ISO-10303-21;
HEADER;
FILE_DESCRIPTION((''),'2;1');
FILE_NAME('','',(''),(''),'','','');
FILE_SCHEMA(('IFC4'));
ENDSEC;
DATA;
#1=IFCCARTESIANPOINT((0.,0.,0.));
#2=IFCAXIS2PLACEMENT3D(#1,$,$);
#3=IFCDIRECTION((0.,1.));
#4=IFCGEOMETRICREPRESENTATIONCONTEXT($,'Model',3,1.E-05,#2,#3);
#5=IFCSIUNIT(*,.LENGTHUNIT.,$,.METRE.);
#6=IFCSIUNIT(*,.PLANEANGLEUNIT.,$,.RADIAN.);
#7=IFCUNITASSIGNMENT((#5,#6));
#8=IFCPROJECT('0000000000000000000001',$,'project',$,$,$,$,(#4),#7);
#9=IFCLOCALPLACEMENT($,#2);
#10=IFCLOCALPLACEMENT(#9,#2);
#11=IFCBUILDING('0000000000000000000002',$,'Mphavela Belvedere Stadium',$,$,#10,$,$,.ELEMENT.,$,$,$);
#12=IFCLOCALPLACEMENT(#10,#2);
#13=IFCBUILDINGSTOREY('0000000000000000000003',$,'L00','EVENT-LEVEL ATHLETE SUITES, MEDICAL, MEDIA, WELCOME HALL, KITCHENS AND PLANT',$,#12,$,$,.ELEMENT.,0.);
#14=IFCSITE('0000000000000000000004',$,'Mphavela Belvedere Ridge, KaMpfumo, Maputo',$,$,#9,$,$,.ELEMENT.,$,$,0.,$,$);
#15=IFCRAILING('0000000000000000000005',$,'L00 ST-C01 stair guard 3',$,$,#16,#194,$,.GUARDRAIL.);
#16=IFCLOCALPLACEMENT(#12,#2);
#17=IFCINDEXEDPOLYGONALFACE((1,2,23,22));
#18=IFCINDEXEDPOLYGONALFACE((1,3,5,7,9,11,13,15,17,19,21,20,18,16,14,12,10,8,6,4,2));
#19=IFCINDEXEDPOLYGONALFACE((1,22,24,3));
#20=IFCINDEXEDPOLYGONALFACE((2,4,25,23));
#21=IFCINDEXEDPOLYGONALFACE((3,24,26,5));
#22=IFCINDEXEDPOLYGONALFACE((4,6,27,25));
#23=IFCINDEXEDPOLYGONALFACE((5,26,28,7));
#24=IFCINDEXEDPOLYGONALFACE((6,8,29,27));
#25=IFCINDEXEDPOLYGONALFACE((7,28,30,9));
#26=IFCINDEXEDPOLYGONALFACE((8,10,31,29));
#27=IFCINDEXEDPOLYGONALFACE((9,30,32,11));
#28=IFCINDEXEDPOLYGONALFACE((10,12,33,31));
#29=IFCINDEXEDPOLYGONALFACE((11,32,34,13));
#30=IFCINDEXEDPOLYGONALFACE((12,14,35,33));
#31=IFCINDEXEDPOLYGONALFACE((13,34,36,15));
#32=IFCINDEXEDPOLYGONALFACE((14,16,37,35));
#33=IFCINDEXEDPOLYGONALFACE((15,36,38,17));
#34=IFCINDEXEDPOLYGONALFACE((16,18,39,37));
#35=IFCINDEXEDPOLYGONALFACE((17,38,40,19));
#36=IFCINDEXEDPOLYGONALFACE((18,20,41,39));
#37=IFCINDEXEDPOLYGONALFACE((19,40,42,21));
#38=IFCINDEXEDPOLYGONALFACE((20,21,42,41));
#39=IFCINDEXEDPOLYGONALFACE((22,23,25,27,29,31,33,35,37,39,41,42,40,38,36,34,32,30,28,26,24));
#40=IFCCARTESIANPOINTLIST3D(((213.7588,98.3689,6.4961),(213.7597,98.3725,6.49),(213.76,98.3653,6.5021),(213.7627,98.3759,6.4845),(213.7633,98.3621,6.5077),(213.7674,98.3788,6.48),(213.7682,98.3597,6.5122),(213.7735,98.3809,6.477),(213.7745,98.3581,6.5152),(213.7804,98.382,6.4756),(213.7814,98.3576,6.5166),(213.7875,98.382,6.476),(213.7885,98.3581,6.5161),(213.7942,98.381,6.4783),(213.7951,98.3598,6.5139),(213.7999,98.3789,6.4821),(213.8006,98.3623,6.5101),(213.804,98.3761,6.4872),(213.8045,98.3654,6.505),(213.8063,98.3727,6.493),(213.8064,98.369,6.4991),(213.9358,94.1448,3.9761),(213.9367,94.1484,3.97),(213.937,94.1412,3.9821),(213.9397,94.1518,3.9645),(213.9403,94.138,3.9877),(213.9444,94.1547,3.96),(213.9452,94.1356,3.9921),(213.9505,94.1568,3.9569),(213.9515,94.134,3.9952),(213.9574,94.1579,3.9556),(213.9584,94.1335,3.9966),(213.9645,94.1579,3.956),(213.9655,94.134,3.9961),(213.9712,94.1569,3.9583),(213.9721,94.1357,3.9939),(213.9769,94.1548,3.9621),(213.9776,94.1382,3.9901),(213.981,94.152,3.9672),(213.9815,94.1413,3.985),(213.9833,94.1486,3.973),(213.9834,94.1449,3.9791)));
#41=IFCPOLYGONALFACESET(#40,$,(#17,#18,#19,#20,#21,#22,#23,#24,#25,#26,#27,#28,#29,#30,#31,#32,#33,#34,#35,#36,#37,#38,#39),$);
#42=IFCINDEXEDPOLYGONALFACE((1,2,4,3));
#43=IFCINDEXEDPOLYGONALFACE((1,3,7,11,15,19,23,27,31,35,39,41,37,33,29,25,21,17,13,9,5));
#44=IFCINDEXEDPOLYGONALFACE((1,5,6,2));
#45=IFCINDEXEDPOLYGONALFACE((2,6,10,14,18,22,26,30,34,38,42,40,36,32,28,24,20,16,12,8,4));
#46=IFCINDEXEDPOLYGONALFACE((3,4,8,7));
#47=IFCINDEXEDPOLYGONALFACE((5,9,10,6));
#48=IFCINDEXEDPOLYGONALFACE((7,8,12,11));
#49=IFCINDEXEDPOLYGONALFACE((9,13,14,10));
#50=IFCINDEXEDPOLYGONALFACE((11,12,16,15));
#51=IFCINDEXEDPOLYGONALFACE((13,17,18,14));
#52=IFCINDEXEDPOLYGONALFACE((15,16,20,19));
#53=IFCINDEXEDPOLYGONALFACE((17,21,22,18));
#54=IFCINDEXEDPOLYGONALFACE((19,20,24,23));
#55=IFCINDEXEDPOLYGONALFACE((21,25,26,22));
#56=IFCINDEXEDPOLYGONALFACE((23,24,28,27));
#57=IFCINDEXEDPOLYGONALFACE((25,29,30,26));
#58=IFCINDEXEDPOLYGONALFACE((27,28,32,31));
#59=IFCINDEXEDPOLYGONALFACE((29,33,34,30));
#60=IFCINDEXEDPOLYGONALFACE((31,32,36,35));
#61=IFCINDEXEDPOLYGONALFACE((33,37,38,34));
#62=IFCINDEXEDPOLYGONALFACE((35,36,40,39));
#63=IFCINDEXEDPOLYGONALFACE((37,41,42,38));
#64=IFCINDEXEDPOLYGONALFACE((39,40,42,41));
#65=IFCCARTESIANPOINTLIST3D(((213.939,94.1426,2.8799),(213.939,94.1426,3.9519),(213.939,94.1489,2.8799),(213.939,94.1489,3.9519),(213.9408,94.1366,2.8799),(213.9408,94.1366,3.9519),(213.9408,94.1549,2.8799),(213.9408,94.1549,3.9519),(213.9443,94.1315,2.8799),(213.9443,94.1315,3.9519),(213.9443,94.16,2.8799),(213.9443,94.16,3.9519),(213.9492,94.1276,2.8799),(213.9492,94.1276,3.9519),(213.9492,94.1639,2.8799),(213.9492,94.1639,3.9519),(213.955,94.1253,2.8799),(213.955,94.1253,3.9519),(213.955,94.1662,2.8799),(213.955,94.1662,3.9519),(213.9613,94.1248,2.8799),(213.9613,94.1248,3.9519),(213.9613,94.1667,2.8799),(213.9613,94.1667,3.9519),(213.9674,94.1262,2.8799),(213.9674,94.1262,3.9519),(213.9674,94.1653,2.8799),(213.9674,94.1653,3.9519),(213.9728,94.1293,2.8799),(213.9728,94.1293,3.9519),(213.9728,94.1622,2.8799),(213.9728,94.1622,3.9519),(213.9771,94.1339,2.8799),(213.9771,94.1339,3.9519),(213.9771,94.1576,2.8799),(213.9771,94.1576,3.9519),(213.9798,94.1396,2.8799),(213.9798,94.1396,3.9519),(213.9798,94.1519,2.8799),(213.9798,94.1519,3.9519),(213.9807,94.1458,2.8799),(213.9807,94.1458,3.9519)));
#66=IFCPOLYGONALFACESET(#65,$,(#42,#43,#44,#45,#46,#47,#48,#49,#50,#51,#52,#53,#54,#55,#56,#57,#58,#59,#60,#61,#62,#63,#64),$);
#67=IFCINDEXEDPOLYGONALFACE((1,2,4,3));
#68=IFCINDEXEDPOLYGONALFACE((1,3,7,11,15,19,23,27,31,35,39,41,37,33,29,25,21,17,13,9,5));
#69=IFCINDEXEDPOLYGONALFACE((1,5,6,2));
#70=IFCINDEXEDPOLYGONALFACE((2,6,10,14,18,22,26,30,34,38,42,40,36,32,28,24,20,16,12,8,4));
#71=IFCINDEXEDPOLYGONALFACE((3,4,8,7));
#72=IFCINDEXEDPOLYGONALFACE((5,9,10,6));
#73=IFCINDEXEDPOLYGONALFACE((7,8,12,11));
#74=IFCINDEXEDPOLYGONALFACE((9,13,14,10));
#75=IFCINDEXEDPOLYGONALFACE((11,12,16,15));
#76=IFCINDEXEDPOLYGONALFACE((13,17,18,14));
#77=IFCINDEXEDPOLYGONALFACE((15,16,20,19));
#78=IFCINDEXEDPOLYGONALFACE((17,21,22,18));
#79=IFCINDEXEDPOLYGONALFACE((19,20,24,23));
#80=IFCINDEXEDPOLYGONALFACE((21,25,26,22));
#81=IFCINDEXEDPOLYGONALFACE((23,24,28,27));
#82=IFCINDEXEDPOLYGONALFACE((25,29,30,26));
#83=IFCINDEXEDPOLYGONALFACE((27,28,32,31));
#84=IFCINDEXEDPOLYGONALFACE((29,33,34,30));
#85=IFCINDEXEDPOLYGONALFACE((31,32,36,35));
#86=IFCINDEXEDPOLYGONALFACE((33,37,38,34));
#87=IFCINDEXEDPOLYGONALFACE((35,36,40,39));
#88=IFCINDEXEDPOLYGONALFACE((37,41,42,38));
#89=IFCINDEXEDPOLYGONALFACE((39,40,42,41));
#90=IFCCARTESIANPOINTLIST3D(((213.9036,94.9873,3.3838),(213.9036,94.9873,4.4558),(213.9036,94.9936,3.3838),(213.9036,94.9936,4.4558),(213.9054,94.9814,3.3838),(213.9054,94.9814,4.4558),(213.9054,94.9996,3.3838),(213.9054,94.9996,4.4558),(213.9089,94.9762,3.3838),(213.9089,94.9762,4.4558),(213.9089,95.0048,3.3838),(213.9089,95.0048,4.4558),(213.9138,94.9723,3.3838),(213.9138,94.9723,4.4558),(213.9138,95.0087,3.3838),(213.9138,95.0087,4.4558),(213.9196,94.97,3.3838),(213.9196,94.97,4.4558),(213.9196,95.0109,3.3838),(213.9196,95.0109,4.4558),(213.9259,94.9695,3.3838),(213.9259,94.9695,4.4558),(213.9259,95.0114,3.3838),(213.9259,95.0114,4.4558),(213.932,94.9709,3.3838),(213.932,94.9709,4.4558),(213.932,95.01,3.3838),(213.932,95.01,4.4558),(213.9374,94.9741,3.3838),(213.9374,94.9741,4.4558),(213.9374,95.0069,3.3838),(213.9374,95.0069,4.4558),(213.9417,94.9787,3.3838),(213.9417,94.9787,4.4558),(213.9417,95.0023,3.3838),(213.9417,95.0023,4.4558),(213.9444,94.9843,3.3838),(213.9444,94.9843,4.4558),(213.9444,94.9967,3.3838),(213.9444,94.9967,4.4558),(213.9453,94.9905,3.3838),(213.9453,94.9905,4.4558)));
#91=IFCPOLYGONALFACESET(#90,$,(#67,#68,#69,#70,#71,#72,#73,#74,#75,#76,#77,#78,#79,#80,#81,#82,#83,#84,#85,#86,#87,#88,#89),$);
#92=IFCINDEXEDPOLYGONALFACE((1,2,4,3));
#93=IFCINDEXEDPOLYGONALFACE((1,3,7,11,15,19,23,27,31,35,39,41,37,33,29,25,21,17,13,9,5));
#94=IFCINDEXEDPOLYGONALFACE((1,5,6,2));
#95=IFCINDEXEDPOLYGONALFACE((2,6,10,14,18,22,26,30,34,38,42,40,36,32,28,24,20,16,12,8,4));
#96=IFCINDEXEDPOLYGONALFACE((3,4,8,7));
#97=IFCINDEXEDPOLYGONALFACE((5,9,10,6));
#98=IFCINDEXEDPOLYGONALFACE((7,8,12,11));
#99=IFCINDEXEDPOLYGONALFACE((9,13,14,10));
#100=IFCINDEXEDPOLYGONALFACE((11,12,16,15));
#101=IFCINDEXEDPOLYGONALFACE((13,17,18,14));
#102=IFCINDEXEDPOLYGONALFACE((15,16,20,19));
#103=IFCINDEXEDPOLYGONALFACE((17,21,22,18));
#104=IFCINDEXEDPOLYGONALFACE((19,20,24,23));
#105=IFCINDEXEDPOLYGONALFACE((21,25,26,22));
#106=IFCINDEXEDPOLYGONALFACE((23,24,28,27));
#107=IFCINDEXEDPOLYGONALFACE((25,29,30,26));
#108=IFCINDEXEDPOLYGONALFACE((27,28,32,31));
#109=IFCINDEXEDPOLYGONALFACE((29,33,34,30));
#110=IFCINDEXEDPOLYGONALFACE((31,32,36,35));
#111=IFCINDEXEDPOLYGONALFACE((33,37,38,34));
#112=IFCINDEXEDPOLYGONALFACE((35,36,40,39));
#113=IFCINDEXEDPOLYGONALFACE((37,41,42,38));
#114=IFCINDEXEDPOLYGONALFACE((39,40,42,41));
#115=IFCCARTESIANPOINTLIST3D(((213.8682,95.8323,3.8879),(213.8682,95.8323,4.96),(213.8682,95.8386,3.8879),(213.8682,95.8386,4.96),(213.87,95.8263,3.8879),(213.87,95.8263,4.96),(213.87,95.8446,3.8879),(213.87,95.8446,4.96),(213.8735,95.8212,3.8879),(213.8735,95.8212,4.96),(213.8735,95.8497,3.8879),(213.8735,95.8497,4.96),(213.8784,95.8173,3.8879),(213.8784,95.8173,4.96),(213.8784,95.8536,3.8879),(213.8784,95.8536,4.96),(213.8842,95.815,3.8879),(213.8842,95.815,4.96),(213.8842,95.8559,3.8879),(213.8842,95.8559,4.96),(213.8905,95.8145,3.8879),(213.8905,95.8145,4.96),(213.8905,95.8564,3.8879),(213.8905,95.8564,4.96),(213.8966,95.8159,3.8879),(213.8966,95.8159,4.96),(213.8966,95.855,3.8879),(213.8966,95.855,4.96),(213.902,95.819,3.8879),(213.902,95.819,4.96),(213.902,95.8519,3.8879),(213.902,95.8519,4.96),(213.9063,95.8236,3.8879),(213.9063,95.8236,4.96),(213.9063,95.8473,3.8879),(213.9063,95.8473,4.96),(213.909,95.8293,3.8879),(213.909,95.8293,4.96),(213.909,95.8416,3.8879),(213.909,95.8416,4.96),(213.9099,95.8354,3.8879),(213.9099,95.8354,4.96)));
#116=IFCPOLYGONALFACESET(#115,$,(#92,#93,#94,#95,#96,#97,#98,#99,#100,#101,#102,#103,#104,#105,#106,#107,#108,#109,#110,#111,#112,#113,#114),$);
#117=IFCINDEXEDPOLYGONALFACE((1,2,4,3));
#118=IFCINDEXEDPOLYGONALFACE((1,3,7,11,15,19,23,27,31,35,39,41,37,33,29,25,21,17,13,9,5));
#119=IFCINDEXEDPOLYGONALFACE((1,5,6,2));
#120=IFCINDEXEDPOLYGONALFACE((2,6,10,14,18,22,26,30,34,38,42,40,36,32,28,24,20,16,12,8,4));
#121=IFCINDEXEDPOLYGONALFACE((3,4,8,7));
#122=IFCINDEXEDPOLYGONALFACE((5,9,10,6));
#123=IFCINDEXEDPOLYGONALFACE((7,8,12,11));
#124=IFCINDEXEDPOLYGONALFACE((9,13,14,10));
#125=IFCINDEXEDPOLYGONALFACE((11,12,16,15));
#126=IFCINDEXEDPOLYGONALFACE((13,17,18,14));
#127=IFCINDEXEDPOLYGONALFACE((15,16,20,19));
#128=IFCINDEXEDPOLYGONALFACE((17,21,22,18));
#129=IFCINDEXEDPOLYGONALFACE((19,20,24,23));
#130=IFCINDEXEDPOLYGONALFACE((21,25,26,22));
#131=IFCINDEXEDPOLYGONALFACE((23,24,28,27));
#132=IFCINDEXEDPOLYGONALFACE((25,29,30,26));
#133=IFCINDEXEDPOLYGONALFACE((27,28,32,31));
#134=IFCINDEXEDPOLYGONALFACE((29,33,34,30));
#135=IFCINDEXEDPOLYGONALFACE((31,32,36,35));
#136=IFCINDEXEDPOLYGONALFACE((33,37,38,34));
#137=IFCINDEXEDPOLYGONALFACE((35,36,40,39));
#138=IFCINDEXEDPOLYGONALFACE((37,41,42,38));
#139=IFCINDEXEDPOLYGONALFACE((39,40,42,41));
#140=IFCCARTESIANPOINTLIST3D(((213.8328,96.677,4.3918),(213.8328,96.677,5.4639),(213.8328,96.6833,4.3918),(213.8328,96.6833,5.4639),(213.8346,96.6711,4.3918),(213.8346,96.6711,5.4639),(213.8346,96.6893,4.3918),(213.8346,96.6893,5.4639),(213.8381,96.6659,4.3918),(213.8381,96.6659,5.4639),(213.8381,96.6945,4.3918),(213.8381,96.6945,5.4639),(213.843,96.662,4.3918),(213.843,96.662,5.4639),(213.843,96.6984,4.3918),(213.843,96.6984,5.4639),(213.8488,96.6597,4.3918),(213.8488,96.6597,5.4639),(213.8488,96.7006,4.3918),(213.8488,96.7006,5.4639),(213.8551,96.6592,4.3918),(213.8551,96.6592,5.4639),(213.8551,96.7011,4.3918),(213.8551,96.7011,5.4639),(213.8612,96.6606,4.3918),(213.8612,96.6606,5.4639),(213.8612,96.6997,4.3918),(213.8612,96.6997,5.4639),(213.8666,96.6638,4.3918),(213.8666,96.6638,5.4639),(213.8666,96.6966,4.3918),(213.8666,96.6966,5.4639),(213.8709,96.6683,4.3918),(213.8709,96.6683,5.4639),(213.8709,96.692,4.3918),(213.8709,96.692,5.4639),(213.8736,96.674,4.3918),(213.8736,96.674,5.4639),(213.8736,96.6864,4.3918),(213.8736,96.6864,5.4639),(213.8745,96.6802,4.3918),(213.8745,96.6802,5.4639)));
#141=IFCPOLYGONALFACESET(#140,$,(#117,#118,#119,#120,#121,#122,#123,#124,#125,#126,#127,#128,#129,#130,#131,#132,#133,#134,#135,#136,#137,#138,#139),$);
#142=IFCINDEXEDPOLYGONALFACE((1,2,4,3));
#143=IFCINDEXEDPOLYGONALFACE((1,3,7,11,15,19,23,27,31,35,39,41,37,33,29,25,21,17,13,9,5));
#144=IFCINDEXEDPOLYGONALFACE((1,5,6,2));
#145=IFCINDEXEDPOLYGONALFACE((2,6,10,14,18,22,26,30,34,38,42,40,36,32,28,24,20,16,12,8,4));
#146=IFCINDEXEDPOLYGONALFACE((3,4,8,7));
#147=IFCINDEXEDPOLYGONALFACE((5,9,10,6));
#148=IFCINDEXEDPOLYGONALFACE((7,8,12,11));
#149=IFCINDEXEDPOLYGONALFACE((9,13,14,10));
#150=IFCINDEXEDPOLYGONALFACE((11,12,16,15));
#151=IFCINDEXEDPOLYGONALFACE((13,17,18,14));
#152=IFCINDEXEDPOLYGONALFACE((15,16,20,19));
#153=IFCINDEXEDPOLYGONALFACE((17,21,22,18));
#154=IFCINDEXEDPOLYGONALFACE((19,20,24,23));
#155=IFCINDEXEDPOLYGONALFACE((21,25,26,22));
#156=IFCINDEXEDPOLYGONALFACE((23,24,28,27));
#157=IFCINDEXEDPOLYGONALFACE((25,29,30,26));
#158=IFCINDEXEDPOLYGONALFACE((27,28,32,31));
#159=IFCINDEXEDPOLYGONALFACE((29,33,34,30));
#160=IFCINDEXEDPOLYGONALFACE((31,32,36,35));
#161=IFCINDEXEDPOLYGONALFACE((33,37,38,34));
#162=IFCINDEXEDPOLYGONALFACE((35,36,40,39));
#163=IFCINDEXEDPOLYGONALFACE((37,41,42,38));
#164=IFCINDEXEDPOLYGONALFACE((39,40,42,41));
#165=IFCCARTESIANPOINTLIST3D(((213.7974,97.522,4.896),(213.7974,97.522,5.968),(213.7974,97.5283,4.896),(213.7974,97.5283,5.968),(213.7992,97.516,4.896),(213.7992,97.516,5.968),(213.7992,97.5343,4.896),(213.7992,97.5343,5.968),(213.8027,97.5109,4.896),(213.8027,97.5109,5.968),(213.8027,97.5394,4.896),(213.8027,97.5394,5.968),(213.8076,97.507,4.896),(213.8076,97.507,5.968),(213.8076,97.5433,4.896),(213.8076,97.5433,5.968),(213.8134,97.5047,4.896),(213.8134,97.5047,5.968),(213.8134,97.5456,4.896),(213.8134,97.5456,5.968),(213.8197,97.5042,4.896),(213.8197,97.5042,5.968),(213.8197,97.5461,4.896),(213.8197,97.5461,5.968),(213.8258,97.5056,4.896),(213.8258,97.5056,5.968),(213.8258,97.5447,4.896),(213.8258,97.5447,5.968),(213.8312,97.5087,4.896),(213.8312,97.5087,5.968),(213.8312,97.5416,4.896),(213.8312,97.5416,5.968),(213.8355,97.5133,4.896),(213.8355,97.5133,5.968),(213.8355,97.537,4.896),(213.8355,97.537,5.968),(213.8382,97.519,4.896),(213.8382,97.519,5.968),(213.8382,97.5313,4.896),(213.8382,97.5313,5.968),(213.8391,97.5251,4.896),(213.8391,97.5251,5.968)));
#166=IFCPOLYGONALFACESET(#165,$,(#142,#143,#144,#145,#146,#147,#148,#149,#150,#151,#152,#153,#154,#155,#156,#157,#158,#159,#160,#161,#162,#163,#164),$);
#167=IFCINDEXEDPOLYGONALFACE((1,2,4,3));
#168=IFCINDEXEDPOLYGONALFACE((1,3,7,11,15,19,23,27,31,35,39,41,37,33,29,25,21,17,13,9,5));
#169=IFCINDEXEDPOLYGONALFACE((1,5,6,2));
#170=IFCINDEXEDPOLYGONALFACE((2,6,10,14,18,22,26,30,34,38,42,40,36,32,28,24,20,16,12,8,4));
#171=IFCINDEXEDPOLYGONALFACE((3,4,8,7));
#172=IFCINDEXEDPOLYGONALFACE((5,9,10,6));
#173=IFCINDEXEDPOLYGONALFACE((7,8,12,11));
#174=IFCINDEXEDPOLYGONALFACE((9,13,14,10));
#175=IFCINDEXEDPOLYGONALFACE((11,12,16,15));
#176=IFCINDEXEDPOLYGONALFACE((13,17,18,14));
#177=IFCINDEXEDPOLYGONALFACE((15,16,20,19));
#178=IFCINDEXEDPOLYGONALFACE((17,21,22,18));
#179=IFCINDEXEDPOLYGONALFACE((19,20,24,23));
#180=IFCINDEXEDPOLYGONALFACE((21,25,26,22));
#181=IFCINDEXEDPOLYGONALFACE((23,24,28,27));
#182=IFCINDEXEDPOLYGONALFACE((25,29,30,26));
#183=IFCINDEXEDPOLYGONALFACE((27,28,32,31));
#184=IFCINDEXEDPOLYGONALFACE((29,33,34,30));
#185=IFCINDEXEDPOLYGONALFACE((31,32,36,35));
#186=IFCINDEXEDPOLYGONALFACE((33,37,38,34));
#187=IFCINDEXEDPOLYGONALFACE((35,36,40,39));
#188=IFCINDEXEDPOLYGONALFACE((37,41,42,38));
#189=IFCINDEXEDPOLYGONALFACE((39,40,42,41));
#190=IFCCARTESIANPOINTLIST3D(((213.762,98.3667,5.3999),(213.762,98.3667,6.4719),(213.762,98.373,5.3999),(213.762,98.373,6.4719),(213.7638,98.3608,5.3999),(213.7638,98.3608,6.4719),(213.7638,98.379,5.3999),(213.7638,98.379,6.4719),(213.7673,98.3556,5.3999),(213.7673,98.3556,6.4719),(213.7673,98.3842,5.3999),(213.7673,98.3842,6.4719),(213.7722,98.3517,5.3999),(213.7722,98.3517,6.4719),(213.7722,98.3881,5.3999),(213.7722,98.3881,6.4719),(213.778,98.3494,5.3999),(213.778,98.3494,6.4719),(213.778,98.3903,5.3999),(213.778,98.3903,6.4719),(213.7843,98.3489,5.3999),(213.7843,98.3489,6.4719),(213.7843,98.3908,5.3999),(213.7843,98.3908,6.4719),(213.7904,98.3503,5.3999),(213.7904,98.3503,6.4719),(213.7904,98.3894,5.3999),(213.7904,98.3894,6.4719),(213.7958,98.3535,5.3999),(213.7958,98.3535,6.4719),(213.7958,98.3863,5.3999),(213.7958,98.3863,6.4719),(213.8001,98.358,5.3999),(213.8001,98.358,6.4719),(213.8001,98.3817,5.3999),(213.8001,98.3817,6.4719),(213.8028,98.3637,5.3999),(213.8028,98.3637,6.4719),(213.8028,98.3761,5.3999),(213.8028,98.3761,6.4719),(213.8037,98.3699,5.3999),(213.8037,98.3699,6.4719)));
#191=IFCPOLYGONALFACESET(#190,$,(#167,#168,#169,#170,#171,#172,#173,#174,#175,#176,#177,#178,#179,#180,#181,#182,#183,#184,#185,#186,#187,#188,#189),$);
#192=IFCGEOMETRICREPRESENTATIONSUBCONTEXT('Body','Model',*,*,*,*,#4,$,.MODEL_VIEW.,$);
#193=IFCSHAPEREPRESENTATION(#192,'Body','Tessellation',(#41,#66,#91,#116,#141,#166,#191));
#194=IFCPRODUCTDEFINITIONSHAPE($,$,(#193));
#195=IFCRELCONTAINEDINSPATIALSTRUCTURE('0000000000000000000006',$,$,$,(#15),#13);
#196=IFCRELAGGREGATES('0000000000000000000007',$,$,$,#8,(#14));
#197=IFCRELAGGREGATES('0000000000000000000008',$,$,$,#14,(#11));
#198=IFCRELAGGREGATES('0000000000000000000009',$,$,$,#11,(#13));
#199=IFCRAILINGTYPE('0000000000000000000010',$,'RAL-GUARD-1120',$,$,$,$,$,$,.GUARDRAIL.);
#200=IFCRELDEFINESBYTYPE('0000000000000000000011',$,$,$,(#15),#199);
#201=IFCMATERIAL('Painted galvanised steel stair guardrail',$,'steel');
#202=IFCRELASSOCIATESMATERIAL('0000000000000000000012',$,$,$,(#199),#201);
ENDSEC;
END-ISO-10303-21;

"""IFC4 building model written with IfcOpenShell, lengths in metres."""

from ifc_helpers import new_model, si_unit, direction, frame, origin, origin_2d, place, context, subcontext, project, spatial, circle, extrude, material, type_object, element, save


model = new_model("IFC4")

# Units and contexts
model_context = context("Model", 3, precision=1e-05, world=origin(), true_north=direction((0.0, 1.0)))
body_context = subcontext(model_context, "Body", "Model", "MODEL_VIEW")
ifc_project = project(units=[si_unit("LENGTHUNIT", "METRE"), si_unit("PLANEANGLEUNIT", "RADIAN")], contexts=[model_context])

# Site, building, storey
site_placement = place(None, origin())
site = spatial("IfcSite", under=ifc_project, at=site_placement, Name="Mphavela Belvedere Ridge, KaMpfumo, Maputo", CompositionType="ELEMENT", RefElevation=0.0)
building_placement = place(site_placement, origin())
building = spatial("IfcBuilding", under=site, at=building_placement, Name="Mphavela Belvedere Stadium", CompositionType="ELEMENT")
storey_placement = place(building_placement, origin())
storey = spatial("IfcBuildingStorey", under=building, at=storey_placement, Name="L00", Description="EVENT-LEVEL ATHLETE SUITES, MEDICAL, MEDIA, WELCOME HALL, KITCHENS AND PLANT", CompositionType="ELEMENT", Elevation=0.0)

# Railing
ifc_material_1 = material(Name="Painted galvanised steel stair guardrail", Category="steel")
railing_type_1 = type_object("IfcRailingType", Name="RAL-GUARD-1120", PredefinedType="GUARDRAIL", material=ifc_material_1)
railing_1_placement = place(storey_placement, frame((213.9597, 94.1458, 2.8799)))
element("IfcRailing", 1, at=railing_1_placement, inside=storey, type_object=railing_type_1, Name="L00 ST-C01 stair guard 3", PredefinedType="GUARDRAIL", context=body_context, shape_type="SweptSolid", body=[
    extrude(circle(Radius=0.0239, at=origin_2d()), frame((0.0, 0.0, 1.0962), z_axis=(-0.035962, 0.858231, 0.512002), x_axis=(-0.999123, -0.041866, 0.0)), (0.0, 0.0, 1.0), 4.9219),
    extrude(circle(Radius=0.021, at=origin_2d()), origin(), (0.0, 0.0, 1.0), 1.072),
    extrude(circle(Radius=0.021, at=origin_2d()), frame((-0.0354, 0.8447, 0.5039)), (0.0, 0.0, 1.0), 1.072),
    extrude(circle(Radius=0.021, at=origin_2d()), frame((-0.0708, 1.6897, 1.0081)), (0.0, 0.0, 1.0), 1.072),
    extrude(circle(Radius=0.021, at=origin_2d()), frame((-0.1062, 2.5344, 1.512)), (0.0, 0.0, 1.0), 1.072),
    extrude(circle(Radius=0.021, at=origin_2d()), frame((-0.1416, 3.3794, 2.0161)), (0.0, 0.0, 1.0), 1.072),
    extrude(circle(Radius=0.021, at=origin_2d()), frame((-0.177, 4.2241, 2.52)), (0.0, 0.0, 1.0), 1.072),
])

save(model, "model.ifc")
